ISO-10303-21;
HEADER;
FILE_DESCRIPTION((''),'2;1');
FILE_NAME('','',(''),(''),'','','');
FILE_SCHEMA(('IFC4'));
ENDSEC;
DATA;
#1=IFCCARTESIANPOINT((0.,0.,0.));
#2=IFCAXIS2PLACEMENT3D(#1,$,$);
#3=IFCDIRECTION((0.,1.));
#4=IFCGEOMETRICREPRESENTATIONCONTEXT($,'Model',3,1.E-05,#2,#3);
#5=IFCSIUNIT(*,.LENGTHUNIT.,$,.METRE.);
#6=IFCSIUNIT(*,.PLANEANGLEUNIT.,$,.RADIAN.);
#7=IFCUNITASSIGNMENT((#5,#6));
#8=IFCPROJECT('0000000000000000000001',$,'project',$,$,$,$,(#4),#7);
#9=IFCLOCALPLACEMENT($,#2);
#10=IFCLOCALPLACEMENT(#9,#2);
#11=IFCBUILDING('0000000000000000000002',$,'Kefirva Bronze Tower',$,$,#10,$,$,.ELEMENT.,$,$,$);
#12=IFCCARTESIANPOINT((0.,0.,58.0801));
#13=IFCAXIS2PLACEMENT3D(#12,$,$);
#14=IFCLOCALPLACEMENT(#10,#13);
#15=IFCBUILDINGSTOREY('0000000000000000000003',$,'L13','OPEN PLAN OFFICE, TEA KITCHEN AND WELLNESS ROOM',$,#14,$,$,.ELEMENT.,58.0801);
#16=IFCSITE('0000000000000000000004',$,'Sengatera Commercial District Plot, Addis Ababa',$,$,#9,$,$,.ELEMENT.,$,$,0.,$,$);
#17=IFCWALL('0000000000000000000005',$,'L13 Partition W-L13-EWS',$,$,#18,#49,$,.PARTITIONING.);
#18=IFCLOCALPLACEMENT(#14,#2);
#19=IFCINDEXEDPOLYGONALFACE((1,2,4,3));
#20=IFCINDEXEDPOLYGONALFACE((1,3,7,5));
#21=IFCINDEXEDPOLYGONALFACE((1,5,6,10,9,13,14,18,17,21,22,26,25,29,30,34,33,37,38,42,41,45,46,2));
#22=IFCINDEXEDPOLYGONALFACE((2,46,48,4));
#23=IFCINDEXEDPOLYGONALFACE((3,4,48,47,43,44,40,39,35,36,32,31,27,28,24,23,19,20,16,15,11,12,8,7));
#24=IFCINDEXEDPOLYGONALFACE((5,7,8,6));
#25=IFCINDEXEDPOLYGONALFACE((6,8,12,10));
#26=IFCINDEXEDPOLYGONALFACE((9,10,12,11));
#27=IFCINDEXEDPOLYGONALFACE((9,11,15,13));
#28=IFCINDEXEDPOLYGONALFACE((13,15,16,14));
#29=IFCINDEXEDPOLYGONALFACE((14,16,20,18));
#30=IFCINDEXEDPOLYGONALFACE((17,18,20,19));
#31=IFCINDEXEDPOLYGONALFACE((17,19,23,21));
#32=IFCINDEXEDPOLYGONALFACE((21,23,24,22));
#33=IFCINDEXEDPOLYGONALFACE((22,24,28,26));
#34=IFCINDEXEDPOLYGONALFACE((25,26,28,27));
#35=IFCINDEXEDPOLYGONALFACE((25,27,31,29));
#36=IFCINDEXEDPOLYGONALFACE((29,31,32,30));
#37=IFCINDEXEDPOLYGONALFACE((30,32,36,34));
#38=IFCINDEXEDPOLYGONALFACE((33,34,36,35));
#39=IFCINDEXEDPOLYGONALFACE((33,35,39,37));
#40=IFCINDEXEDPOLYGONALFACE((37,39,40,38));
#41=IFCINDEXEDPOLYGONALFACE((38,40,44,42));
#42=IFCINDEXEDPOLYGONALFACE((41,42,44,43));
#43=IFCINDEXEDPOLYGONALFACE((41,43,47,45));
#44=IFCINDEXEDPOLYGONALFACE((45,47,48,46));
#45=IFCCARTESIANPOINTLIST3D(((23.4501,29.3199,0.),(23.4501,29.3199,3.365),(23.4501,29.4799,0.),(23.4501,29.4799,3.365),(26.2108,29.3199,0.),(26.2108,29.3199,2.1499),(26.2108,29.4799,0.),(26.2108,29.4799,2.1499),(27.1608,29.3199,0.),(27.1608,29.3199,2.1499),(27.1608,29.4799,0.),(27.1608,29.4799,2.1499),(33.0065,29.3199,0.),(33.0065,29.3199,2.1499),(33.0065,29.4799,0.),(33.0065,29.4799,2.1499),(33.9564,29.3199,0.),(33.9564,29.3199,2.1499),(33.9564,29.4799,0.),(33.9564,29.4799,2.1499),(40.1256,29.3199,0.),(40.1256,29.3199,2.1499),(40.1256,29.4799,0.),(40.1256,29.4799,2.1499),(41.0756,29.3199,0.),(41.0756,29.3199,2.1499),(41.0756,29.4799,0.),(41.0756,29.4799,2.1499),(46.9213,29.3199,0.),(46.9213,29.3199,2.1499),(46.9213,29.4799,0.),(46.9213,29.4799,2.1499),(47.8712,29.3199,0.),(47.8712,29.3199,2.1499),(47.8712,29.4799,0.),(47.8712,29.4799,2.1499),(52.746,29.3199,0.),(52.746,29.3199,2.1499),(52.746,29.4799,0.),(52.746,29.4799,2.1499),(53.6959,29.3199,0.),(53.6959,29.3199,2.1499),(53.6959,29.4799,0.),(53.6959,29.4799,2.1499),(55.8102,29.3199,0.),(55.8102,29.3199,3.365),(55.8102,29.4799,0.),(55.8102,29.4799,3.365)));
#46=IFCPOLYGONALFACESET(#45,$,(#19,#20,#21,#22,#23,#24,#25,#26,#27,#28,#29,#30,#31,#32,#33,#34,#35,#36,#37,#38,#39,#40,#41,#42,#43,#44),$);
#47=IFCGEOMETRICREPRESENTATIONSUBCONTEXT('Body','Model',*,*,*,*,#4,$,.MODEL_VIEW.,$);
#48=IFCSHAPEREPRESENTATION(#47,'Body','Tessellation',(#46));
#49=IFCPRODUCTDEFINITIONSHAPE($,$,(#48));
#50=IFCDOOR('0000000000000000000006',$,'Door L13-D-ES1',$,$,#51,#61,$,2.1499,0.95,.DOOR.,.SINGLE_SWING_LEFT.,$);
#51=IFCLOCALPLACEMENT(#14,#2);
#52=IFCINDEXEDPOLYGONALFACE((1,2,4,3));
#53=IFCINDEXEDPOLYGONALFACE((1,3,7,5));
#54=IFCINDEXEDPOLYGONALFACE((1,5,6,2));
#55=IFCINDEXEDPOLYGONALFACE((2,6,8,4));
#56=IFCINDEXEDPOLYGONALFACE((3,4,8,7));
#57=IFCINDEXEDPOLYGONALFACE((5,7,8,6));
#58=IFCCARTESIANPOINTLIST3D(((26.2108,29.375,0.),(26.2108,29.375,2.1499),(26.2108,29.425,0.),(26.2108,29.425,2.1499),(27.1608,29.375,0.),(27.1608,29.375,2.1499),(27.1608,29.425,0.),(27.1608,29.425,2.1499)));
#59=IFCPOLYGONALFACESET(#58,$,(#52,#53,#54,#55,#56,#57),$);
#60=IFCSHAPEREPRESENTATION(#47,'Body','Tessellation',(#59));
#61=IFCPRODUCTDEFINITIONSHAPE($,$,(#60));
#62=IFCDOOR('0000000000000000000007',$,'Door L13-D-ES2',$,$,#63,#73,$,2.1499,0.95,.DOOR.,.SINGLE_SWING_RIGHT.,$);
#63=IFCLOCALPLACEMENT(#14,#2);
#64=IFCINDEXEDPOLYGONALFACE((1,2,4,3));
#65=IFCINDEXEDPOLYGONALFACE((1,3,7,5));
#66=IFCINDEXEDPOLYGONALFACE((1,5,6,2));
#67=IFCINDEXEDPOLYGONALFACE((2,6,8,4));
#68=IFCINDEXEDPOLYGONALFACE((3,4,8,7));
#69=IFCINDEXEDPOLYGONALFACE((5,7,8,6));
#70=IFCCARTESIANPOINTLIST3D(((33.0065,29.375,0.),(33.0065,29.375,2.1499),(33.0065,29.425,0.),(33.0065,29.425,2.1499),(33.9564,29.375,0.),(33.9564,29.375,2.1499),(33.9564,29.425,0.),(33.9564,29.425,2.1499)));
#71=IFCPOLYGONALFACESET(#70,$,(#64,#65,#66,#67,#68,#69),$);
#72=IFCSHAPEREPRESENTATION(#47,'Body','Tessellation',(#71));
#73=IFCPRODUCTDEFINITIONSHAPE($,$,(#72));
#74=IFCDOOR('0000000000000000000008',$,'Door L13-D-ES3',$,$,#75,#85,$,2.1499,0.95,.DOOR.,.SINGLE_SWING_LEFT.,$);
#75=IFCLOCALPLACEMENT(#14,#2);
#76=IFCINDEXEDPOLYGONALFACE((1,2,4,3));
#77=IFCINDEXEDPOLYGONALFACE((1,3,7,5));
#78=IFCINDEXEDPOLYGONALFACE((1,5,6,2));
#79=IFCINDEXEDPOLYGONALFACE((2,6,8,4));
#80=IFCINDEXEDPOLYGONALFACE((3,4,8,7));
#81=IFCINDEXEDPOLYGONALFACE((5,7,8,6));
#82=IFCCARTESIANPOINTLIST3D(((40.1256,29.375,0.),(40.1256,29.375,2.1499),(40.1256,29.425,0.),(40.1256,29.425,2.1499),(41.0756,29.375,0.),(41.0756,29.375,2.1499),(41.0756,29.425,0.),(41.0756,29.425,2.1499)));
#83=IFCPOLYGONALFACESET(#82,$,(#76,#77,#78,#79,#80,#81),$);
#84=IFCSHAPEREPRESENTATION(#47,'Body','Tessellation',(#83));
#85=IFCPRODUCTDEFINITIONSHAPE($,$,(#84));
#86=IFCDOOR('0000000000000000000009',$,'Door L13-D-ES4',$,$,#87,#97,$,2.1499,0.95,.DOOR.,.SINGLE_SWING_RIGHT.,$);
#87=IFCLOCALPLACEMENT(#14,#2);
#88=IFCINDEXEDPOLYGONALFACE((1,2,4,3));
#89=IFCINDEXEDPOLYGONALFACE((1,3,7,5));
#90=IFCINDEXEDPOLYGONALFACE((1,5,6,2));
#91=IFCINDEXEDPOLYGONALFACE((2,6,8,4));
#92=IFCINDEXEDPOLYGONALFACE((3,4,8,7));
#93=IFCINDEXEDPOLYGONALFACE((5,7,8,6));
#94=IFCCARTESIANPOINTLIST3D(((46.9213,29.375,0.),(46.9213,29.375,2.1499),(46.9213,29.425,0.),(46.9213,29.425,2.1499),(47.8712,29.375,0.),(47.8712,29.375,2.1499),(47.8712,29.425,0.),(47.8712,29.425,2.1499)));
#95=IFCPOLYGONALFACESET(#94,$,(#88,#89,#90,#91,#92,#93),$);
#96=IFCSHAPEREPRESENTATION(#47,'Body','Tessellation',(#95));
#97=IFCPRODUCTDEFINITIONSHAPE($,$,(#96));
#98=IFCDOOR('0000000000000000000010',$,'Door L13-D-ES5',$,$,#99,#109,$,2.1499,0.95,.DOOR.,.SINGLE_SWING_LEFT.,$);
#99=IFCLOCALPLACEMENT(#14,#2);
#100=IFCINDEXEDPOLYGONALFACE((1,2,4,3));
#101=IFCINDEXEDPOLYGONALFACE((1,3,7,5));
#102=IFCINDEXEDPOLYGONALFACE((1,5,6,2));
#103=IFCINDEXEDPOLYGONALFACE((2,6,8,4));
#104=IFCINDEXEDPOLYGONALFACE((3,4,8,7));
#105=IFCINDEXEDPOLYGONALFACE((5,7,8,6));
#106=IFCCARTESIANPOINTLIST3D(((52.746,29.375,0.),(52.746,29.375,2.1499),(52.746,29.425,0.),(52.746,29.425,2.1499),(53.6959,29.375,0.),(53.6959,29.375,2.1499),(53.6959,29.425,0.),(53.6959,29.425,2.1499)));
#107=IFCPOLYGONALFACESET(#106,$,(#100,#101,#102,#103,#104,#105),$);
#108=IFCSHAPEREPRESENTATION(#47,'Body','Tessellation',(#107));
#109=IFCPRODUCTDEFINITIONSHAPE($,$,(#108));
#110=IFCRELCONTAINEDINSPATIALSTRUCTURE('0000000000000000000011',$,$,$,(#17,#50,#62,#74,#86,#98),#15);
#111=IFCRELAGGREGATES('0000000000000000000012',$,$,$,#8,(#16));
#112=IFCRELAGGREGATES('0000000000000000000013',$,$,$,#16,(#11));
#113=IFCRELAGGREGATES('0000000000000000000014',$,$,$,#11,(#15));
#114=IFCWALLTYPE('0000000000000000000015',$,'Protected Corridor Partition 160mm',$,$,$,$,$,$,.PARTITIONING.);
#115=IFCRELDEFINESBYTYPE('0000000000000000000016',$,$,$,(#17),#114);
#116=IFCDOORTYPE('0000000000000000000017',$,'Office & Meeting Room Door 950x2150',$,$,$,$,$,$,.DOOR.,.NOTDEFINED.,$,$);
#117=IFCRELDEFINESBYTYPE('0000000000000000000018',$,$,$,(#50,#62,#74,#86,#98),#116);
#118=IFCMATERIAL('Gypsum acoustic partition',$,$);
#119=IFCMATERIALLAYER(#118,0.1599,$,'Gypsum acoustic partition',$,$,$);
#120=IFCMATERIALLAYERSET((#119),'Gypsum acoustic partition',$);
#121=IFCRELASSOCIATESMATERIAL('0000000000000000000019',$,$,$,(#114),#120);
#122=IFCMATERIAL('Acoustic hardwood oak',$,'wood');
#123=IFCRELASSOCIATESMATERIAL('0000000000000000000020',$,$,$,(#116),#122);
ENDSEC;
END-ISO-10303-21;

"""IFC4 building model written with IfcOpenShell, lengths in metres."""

from ifc_helpers import new_model, si_unit, direction, frame, frame_2d, origin, place, context, subcontext, project, spatial, rectangle, extrude, material, layer, layer_set, type_object, element, fill, save


model = new_model("IFC4")

# Units and contexts
model_context = context("Model", 3, precision=1e-05, world=origin(), true_north=direction((0.0, 1.0)))
body_context = subcontext(model_context, "Body", "Model", "MODEL_VIEW")
ifc_project = project(units=[si_unit("LENGTHUNIT", "METRE"), si_unit("PLANEANGLEUNIT", "RADIAN")], contexts=[model_context])

# Site, building, storey
site_placement = place(None, origin())
site = spatial("IfcSite", under=ifc_project, at=site_placement, Name="Sengatera Commercial District Plot, Addis Ababa", CompositionType="ELEMENT", RefElevation=0.0)
building_placement = place(site_placement, origin())
building = spatial("IfcBuilding", under=site, at=building_placement, Name="Kefirva Bronze Tower", CompositionType="ELEMENT")
storey_placement = place(building_placement, frame((0.0, 0.0, 58.0801)))
storey = spatial("IfcBuildingStorey", under=building, at=storey_placement, Name="L13", Description="OPEN PLAN OFFICE, TEA KITCHEN AND WELLNESS ROOM", CompositionType="ELEMENT", Elevation=58.0801)

# Shared definitions
ifc_material_1 = material(Name="Gypsum acoustic partition")

# Wall, openings, doors
ifc_layer_1 = layer(ifc_material_1, 0.1599, Name="Gypsum acoustic partition")
ifc_layer_set_1 = layer_set([ifc_layer_1], Name="Gypsum acoustic partition")
wall_type_1 = type_object("IfcWallType", Name="Protected Corridor Partition 160mm", PredefinedType="PARTITIONING", material=ifc_layer_set_1)
wall_1_placement = place(storey_placement, frame((23.45, 29.3999, 0.0), z_axis=(0.0, 0.0, 1.0), x_axis=(1.0, 0.0, 0.0)))
wall_1 = element("IfcWall", 1, at=wall_1_placement, inside=storey, type_object=wall_type_1, Name="L13 Partition W-L13-EWS", PredefinedType="PARTITIONING", context=body_context, shape_type="SweptSolid", body=[
    extrude(rectangle(XDim=32.3601, YDim=0.1599, at=frame_2d((16.1802, 0.0))), origin(), (0.0, 0.0, 1.0), 3.365),
])
opening_1_placement = place(wall_1_placement, frame((3.7109, 0.0, 0.0), z_axis=(0.0, 0.0, 1.0), x_axis=(-1.0, 0.0, 0.0)))
opening_1 = element("IfcOpeningElement", 2, at=opening_1_placement, cuts=wall_1, PredefinedType="OPENING", context=body_context, shape_type="SweptSolid", body=[
    extrude(rectangle(XDim=0.95, YDim=2.1499, at=frame_2d((0.4751, 1.075))), frame((0.0, 0.0898, 0.0), z_axis=(0.0, -1.0, 0.0), x_axis=(1.0, 0.0, 0.0)), (0.0, 0.0, 1.0), 0.1799),
])
opening_2_placement = place(wall_1_placement, frame((10.5066, 0.0, 0.0), z_axis=(0.0, 0.0, 1.0), x_axis=(-1.0, 0.0, 0.0)))
opening_2 = element("IfcOpeningElement", 3, at=opening_2_placement, cuts=wall_1, PredefinedType="OPENING", context=body_context, shape_type="SweptSolid", body=[
    extrude(rectangle(XDim=0.95, YDim=2.1499, at=frame_2d((0.4751, 1.075))), frame((0.0, 0.0898, 0.0), z_axis=(0.0, -1.0, 0.0), x_axis=(1.0, 0.0, 0.0)), (0.0, 0.0, 1.0), 0.1799),
])
opening_3_placement = place(wall_1_placement, frame((17.6257, 0.0, 0.0), z_axis=(0.0, 0.0, 1.0), x_axis=(-1.0, 0.0, 0.0)))
opening_3 = element("IfcOpeningElement", 4, at=opening_3_placement, cuts=wall_1, PredefinedType="OPENING", context=body_context, shape_type="SweptSolid", body=[
    extrude(rectangle(XDim=0.95, YDim=2.1499, at=frame_2d((0.4751, 1.075))), frame((0.0, 0.0898, 0.0), z_axis=(0.0, -1.0, 0.0), x_axis=(1.0, 0.0, 0.0)), (0.0, 0.0, 1.0), 0.1799),
])
opening_4_placement = place(wall_1_placement, frame((24.4214, 0.0, 0.0), z_axis=(0.0, 0.0, 1.0), x_axis=(-1.0, 0.0, 0.0)))
opening_4 = element("IfcOpeningElement", 5, at=opening_4_placement, cuts=wall_1, PredefinedType="OPENING", context=body_context, shape_type="SweptSolid", body=[
    extrude(rectangle(XDim=0.95, YDim=2.1499, at=frame_2d((0.4751, 1.075))), frame((0.0, 0.0898, 0.0), z_axis=(0.0, -1.0, 0.0), x_axis=(1.0, 0.0, 0.0)), (0.0, 0.0, 1.0), 0.1799),
])
opening_5_placement = place(wall_1_placement, frame((30.2461, 0.0, 0.0), z_axis=(0.0, 0.0, 1.0), x_axis=(-1.0, 0.0, 0.0)))
opening_5 = element("IfcOpeningElement", 6, at=opening_5_placement, cuts=wall_1, PredefinedType="OPENING", context=body_context, shape_type="SweptSolid", body=[
    extrude(rectangle(XDim=0.95, YDim=2.1499, at=frame_2d((0.4751, 1.075))), frame((0.0, 0.0898, 0.0), z_axis=(0.0, -1.0, 0.0), x_axis=(1.0, 0.0, 0.0)), (0.0, 0.0, 1.0), 0.1799),
])
ifc_material_2 = material(Name="Acoustic hardwood oak", Category="wood")
door_type = type_object("IfcDoorType", Name="Office & Meeting Room Door 950x2150", OperationType="NOTDEFINED", PredefinedType="DOOR", material=ifc_material_2)
door_1_placement = place(opening_1_placement, origin())
door_1 = element("IfcDoor", 7, at=door_1_placement, inside=storey, type_object=door_type, Name="Door L13-D-ES1", OperationType="SINGLE_SWING_LEFT", OverallHeight=2.1499, OverallWidth=0.95, PredefinedType="DOOR", context=body_context, shape_type="SweptSolid", body=[
    extrude(rectangle(XDim=0.95, YDim=2.1499, at=frame_2d((0.4751, 1.075))), frame((0.0, 0.0249, 0.0), z_axis=(0.0, -1.0, 0.0), x_axis=(1.0, 0.0, 0.0)), (0.0, 0.0, 1.0), 0.05),
])
fill(opening_1, door_1)
door_2_placement = place(opening_2_placement, origin())
door_2 = element("IfcDoor", 8, at=door_2_placement, inside=storey, type_object=door_type, Name="Door L13-D-ES2", OperationType="SINGLE_SWING_RIGHT", OverallHeight=2.1499, OverallWidth=0.95, PredefinedType="DOOR", context=body_context, shape_type="SweptSolid", body=[
    extrude(rectangle(XDim=0.95, YDim=2.1499, at=frame_2d((0.4751, 1.075))), frame((0.0, 0.0249, 0.0), z_axis=(0.0, -1.0, 0.0), x_axis=(1.0, 0.0, 0.0)), (0.0, 0.0, 1.0), 0.05),
])
fill(opening_2, door_2)
door_3_placement = place(opening_3_placement, origin())
door_3 = element("IfcDoor", 9, at=door_3_placement, inside=storey, type_object=door_type, Name="Door L13-D-ES3", OperationType="SINGLE_SWING_LEFT", OverallHeight=2.1499, OverallWidth=0.95, PredefinedType="DOOR", context=body_context, shape_type="SweptSolid", body=[
    extrude(rectangle(XDim=0.95, YDim=2.1499, at=frame_2d((0.4751, 1.075))), frame((0.0, 0.0249, 0.0), z_axis=(0.0, -1.0, 0.0), x_axis=(1.0, 0.0, 0.0)), (0.0, 0.0, 1.0), 0.05),
])
fill(opening_3, door_3)
door_4_placement = place(opening_4_placement, origin())
door_4 = element("IfcDoor", 10, at=door_4_placement, inside=storey, type_object=door_type, Name="Door L13-D-ES4", OperationType="SINGLE_SWING_RIGHT", OverallHeight=2.1499, OverallWidth=0.95, PredefinedType="DOOR", context=body_context, shape_type="SweptSolid", body=[
    extrude(rectangle(XDim=0.95, YDim=2.1499, at=frame_2d((0.4751, 1.075))), frame((0.0, 0.0249, 0.0), z_axis=(0.0, -1.0, 0.0), x_axis=(1.0, 0.0, 0.0)), (0.0, 0.0, 1.0), 0.05),
])
fill(opening_4, door_4)
door_5_placement = place(opening_5_placement, origin())
door_5 = element("IfcDoor", 11, at=door_5_placement, inside=storey, type_object=door_type, Name="Door L13-D-ES5", OperationType="SINGLE_SWING_LEFT", OverallHeight=2.1499, OverallWidth=0.95, PredefinedType="DOOR", context=body_context, shape_type="SweptSolid", body=[
    extrude(rectangle(XDim=0.95, YDim=2.1499, at=frame_2d((0.4751, 1.075))), frame((0.0, 0.0249, 0.0), z_axis=(0.0, -1.0, 0.0), x_axis=(1.0, 0.0, 0.0)), (0.0, 0.0, 1.0), 0.05),
])
fill(opening_5, door_5)

save(model, "model.ifc")
